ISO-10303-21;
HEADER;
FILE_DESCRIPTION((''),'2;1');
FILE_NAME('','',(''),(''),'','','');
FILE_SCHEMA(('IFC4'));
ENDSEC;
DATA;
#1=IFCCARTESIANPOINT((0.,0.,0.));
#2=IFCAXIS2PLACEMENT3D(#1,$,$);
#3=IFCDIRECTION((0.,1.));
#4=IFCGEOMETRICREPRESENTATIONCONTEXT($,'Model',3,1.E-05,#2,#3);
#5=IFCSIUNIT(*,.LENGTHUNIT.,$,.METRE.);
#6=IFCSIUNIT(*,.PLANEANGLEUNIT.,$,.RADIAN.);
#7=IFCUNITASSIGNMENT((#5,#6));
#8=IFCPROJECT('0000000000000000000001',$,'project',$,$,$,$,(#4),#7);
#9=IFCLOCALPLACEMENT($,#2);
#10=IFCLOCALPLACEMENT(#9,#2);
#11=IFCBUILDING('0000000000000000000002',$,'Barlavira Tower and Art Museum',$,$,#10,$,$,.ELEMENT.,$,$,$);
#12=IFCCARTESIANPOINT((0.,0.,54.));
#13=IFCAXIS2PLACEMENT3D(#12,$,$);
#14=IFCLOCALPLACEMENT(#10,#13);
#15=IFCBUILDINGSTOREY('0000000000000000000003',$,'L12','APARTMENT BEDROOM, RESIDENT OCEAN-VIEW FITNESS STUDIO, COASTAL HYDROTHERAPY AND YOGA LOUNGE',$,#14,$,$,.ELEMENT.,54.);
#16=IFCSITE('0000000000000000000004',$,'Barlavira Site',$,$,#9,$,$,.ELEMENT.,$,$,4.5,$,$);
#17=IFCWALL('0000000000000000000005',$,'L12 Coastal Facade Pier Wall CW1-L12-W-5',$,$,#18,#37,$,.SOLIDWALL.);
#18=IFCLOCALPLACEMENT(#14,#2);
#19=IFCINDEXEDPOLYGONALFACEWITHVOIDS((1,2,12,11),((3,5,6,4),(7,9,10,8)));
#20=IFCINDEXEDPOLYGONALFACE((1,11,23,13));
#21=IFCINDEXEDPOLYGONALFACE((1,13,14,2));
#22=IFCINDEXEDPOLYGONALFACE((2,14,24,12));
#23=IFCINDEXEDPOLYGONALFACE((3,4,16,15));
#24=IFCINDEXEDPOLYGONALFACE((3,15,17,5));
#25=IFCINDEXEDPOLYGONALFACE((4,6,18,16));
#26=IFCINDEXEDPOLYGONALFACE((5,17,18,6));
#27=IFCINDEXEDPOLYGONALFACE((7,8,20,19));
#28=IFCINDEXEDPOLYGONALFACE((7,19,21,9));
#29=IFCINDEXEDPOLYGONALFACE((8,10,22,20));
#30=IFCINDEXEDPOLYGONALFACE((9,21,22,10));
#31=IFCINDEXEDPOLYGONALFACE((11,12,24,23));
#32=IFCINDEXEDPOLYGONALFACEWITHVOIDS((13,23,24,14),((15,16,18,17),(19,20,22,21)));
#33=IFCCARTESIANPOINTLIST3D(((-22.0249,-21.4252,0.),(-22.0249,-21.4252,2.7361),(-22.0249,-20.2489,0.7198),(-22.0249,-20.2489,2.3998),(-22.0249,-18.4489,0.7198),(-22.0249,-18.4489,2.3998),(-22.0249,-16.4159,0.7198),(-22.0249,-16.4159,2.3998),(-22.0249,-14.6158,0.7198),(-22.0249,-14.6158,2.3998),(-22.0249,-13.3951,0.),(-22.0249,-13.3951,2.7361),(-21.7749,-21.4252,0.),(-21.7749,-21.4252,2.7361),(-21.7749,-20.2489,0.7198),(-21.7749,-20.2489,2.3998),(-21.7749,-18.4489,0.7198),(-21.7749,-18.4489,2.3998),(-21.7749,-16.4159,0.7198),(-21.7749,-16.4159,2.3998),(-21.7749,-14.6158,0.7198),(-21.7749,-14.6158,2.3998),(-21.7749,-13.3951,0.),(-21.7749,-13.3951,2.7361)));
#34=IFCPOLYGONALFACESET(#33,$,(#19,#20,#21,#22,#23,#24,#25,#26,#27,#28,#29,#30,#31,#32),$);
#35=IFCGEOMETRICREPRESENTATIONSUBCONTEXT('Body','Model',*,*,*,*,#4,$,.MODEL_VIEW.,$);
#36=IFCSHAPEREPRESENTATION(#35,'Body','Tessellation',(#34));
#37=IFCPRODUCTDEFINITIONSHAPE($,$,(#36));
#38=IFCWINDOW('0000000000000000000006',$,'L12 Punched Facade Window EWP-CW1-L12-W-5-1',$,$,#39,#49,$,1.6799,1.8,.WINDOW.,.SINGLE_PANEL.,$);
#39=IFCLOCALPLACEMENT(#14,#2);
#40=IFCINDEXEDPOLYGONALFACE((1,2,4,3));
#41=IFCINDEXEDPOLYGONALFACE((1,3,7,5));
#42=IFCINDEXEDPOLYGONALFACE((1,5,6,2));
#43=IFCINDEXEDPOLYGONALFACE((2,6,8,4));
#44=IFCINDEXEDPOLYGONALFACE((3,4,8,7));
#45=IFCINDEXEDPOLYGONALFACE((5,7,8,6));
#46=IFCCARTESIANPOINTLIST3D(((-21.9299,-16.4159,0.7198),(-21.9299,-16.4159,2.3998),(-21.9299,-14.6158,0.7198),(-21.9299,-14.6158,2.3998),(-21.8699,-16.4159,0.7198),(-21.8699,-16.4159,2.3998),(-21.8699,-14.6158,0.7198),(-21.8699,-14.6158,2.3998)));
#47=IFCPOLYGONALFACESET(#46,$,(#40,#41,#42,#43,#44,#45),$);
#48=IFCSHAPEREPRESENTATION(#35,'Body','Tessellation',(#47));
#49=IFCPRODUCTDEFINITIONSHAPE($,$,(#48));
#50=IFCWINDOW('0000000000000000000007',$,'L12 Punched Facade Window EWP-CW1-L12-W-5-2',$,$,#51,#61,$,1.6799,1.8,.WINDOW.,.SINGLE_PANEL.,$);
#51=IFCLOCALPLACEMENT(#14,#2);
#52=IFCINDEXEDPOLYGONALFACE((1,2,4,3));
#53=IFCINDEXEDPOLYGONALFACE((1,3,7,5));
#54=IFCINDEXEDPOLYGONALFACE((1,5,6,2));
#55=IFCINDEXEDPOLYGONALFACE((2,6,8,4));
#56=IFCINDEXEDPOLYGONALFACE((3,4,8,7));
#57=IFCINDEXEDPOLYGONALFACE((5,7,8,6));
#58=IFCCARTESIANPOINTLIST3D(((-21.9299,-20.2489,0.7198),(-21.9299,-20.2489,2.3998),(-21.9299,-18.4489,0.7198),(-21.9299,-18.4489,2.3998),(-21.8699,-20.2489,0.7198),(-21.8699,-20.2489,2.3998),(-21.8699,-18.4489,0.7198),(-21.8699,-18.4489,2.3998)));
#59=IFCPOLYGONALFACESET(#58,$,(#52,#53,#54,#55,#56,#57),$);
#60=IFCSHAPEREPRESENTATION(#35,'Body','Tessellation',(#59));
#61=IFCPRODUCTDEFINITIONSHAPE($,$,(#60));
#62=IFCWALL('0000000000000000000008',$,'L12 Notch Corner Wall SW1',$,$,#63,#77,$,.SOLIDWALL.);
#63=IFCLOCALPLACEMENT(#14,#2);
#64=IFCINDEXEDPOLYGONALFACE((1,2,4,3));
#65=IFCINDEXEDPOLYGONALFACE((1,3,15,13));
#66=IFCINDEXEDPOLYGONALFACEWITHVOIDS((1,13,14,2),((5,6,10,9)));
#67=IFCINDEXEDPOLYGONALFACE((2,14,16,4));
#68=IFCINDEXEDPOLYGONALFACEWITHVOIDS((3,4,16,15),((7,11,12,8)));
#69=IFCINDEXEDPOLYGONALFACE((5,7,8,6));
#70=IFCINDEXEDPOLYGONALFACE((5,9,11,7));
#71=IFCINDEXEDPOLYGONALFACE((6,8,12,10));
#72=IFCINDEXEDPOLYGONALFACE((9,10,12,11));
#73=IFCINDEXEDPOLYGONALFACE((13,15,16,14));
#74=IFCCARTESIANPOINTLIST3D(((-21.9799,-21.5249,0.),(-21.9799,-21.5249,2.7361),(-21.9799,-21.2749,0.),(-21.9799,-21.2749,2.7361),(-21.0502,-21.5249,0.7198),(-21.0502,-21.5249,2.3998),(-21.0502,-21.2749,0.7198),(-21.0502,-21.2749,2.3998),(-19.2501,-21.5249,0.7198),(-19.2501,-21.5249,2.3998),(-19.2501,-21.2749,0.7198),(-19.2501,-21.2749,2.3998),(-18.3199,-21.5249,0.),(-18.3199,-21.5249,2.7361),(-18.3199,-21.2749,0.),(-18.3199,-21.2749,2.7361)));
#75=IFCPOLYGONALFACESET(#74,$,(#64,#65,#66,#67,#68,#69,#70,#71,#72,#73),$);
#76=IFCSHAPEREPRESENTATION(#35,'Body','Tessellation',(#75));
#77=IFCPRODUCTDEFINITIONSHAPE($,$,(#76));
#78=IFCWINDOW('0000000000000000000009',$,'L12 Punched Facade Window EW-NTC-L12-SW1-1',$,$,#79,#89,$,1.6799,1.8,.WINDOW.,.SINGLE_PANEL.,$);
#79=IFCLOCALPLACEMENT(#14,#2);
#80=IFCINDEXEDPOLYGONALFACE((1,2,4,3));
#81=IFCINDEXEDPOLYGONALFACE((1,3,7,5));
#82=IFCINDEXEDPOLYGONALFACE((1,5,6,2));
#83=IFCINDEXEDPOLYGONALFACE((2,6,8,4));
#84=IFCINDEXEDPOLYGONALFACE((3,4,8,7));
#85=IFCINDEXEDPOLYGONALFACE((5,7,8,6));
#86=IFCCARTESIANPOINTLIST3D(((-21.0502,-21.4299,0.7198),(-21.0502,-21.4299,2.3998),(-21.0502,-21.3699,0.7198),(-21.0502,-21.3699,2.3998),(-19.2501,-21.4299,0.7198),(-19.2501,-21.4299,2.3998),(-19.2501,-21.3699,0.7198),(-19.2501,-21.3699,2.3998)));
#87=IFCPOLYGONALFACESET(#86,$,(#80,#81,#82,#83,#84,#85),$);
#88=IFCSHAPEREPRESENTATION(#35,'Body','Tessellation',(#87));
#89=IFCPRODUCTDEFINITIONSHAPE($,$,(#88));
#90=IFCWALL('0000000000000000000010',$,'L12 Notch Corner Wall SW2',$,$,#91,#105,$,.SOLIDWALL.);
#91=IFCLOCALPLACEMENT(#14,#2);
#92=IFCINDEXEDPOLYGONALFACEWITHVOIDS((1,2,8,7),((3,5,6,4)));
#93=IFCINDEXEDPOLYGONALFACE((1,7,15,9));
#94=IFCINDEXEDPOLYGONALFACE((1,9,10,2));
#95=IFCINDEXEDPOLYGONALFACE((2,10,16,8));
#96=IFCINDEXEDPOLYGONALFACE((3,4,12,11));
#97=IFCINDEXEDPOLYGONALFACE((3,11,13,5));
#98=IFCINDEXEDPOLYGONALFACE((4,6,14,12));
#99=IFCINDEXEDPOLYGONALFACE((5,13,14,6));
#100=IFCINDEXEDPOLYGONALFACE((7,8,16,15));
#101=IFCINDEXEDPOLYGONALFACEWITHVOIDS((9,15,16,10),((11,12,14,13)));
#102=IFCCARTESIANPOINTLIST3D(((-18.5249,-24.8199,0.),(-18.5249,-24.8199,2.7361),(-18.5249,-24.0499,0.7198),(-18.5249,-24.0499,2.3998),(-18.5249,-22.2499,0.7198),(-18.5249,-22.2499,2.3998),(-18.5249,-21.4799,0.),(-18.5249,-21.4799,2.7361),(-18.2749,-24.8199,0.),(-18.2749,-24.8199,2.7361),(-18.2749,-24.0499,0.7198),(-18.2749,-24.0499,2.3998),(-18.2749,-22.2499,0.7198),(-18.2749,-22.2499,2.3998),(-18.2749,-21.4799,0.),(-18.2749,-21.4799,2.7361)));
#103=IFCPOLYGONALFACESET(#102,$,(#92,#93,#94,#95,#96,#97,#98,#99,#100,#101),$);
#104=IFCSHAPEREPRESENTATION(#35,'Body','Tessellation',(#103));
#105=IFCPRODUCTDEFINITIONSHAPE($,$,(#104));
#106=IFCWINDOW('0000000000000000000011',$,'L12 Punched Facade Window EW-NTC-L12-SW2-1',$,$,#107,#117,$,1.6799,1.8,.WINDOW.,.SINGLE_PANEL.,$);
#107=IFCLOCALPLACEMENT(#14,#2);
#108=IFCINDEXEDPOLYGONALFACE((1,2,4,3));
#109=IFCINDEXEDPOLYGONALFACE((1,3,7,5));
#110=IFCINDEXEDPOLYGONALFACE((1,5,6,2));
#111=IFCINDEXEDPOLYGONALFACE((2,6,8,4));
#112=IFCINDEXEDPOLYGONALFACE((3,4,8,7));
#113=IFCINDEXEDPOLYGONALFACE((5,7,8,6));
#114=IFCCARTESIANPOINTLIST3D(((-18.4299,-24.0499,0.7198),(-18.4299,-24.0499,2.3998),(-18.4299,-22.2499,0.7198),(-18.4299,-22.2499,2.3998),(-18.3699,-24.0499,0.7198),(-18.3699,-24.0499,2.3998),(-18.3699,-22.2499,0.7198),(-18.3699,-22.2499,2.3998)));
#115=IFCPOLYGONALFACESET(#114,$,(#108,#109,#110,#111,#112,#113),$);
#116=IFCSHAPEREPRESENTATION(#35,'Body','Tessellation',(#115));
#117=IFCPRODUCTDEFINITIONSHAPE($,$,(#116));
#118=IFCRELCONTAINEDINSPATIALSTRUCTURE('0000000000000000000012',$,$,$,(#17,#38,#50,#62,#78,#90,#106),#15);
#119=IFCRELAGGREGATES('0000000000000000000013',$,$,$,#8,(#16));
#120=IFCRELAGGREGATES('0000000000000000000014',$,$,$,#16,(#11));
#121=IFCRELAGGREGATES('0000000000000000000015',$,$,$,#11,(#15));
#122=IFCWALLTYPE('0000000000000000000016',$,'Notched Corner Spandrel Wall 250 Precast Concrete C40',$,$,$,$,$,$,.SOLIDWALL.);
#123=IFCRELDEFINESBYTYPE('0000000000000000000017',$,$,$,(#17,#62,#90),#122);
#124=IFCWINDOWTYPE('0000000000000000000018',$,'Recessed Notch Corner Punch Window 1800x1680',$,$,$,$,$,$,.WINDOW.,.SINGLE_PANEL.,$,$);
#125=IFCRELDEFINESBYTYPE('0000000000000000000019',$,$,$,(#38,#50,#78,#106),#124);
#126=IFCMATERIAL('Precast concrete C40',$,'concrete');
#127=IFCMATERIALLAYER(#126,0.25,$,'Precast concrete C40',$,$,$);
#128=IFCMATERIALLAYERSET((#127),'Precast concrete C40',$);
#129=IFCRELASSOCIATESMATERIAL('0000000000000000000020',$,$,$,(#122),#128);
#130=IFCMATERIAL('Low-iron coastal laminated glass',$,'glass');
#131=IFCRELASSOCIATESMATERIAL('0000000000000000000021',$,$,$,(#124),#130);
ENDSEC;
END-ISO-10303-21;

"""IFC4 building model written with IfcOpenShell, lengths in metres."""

from ifc_helpers import new_model, si_unit, direction, frame, frame_2d, origin, place, context, subcontext, project, spatial, rectangle, extrude, material, layer, layer_set, type_object, element, fill, save


model = new_model("IFC4")

# Units and contexts
model_context = context("Model", 3, precision=1e-05, world=origin(), true_north=direction((0.0, 1.0)))
body_context = subcontext(model_context, "Body", "Model", "MODEL_VIEW")
ifc_project = project(units=[si_unit("LENGTHUNIT", "METRE"), si_unit("PLANEANGLEUNIT", "RADIAN")], contexts=[model_context])

# Site, building, storey
site_placement = place(None, origin())
site = spatial("IfcSite", under=ifc_project, at=site_placement, Name="Barlavira Site", CompositionType="ELEMENT", RefElevation=4.5)
building_placement = place(site_placement, origin())
building = spatial("IfcBuilding", under=site, at=building_placement, Name="Barlavira Tower and Art Museum", CompositionType="ELEMENT")
storey_placement = place(building_placement, frame((0.0, 0.0, 54.0)))
storey = spatial("IfcBuildingStorey", under=building, at=storey_placement, Name="L12", Description="APARTMENT BEDROOM, RESIDENT OCEAN-VIEW FITNESS STUDIO, COASTAL HYDROTHERAPY AND YOGA LOUNGE", CompositionType="ELEMENT", Elevation=54.0)

# Wall, openings, windows
ifc_material_1 = material(Name="Precast concrete C40", Category="concrete")
ifc_layer_1 = layer(ifc_material_1, 0.25, Name="Precast concrete C40")
ifc_layer_set_1 = layer_set([ifc_layer_1], Name="Precast concrete C40")
wall_type_1 = type_object("IfcWallType", Name="Notched Corner Spandrel Wall 250 Precast Concrete C40", PredefinedType="SOLIDWALL", material=ifc_layer_set_1)
ifc_material_2 = material(Name="Low-iron coastal laminated glass", Category="glass")
window_type_1 = type_object("IfcWindowType", Name="Recessed Notch Corner Punch Window 1800x1680", PartitioningType="SINGLE_PANEL", PredefinedType="WINDOW", material=ifc_material_2)
wall_1_placement = place(storey_placement, frame((-21.8999, -13.395, 0.0), z_axis=(0.0, 0.0, 1.0), x_axis=(0.0, -1.0, 0.0)))
wall_1 = element("IfcWall", 1, at=wall_1_placement, inside=storey, type_object=wall_type_1, Name="L12 Coastal Facade Pier Wall CW1-L12-W-5", PredefinedType="SOLIDWALL", context=body_context, shape_type="SweptSolid", body=[
    extrude(rectangle(XDim=8.03, YDim=0.25, at=frame_2d((4.0151, 0.0))), origin(), (0.0, 0.0, 1.0), 2.7361),
])
opening_1_placement = place(wall_1_placement, frame((1.2209, 0.0, 0.72)))
opening_1 = element("IfcOpeningElement", 2, at=opening_1_placement, cuts=wall_1, PredefinedType="OPENING", context=body_context, shape_type="SweptSolid", body=[
    extrude(rectangle(XDim=1.8, YDim=1.6799, at=frame_2d((0.8999, 0.8398))), frame((0.0, 0.135, 0.0), z_axis=(0.0, -1.0, 0.0), x_axis=(1.0, 0.0, 0.0)), (0.0, 0.0, 1.0), 0.27),
])
opening_2_placement = place(wall_1_placement, frame((5.054, 0.0, 0.72)))
opening_2 = element("IfcOpeningElement", 3, at=opening_2_placement, cuts=wall_1, PredefinedType="OPENING", context=body_context, shape_type="SweptSolid", body=[
    extrude(rectangle(XDim=1.8, YDim=1.6799, at=frame_2d((0.8999, 0.8398))), frame((0.0, 0.135, 0.0), z_axis=(0.0, -1.0, 0.0), x_axis=(1.0, 0.0, 0.0)), (0.0, 0.0, 1.0), 0.27),
])
window_1_placement = place(opening_1_placement, origin())
window_1 = element("IfcWindow", 4, at=window_1_placement, inside=storey, type_object=window_type_1, Name="L12 Punched Facade Window EWP-CW1-L12-W-5-1", OverallHeight=1.6799, OverallWidth=1.8, PartitioningType="SINGLE_PANEL", PredefinedType="WINDOW", context=body_context, shape_type="SweptSolid", body=[
    extrude(rectangle(XDim=1.8, YDim=1.6799, at=frame_2d((0.8999, 0.8398))), frame((0.0, 0.03, 0.0), z_axis=(0.0, -1.0, 0.0), x_axis=(1.0, 0.0, 0.0)), (0.0, 0.0, 1.0), 0.0601),
])
fill(opening_1, window_1)
window_2_placement = place(opening_2_placement, origin())
window_2 = element("IfcWindow", 5, at=window_2_placement, inside=storey, type_object=window_type_1, Name="L12 Punched Facade Window EWP-CW1-L12-W-5-2", OverallHeight=1.6799, OverallWidth=1.8, PartitioningType="SINGLE_PANEL", PredefinedType="WINDOW", context=body_context, shape_type="SweptSolid", body=[
    extrude(rectangle(XDim=1.8, YDim=1.6799, at=frame_2d((0.8999, 0.8398))), frame((0.0, 0.03, 0.0), z_axis=(0.0, -1.0, 0.0), x_axis=(1.0, 0.0, 0.0)), (0.0, 0.0, 1.0), 0.0601),
])
fill(opening_2, window_2)

# Walls, openings, windows
wall_2_placement = place(storey_placement, frame((-21.98, -21.3999, 0.0), z_axis=(0.0, 0.0, 1.0), x_axis=(1.0, 0.0, 0.0)))
wall_2 = element("IfcWall", 6, at=wall_2_placement, inside=storey, type_object=wall_type_1, Name="L12 Notch Corner Wall SW1", PredefinedType="SOLIDWALL", context=body_context, shape_type="SweptSolid", body=[
    extrude(rectangle(XDim=3.6599, YDim=0.25, at=frame_2d((1.8301, 0.0))), origin(), (0.0, 0.0, 1.0), 2.7361),
])
opening_3_placement = place(wall_2_placement, frame((0.9299, 0.0, 0.72)))
opening_3 = element("IfcOpeningElement", 7, at=opening_3_placement, cuts=wall_2, PredefinedType="OPENING", context=body_context, shape_type="SweptSolid", body=[
    extrude(rectangle(XDim=1.8, YDim=1.6799, at=frame_2d((0.8999, 0.8398))), frame((0.0, 0.135, 0.0), z_axis=(0.0, -1.0, 0.0), x_axis=(1.0, 0.0, 0.0)), (0.0, 0.0, 1.0), 0.27),
])
window_3_placement = place(opening_3_placement, origin())
window_3 = element("IfcWindow", 8, at=window_3_placement, inside=storey, type_object=window_type_1, Name="L12 Punched Facade Window EW-NTC-L12-SW1-1", OverallHeight=1.6799, OverallWidth=1.8, PartitioningType="SINGLE_PANEL", PredefinedType="WINDOW", context=body_context, shape_type="SweptSolid", body=[
    extrude(rectangle(XDim=1.8, YDim=1.6799, at=frame_2d((0.8999, 0.8398))), frame((0.0, 0.03, 0.0), z_axis=(0.0, -1.0, 0.0), x_axis=(1.0, 0.0, 0.0)), (0.0, 0.0, 1.0), 0.0601),
])
fill(opening_3, window_3)
wall_3_placement = place(storey_placement, frame((-18.3999, -21.48, 0.0), z_axis=(0.0, 0.0, 1.0), x_axis=(0.0, -1.0, 0.0)))
wall_3 = element("IfcWall", 9, at=wall_3_placement, inside=storey, type_object=wall_type_1, Name="L12 Notch Corner Wall SW2", PredefinedType="SOLIDWALL", context=body_context, shape_type="SweptSolid", body=[
    extrude(rectangle(XDim=3.3401, YDim=0.25, at=frame_2d((1.6699, 0.0))), origin(), (0.0, 0.0, 1.0), 2.7361),
])
opening_4_placement = place(wall_3_placement, frame((0.77, 0.0, 0.72)))
opening_4 = element("IfcOpeningElement", 10, at=opening_4_placement, cuts=wall_3, PredefinedType="OPENING", context=body_context, shape_type="SweptSolid", body=[
    extrude(rectangle(XDim=1.8, YDim=1.6799, at=frame_2d((0.8999, 0.8398))), frame((0.0, 0.135, 0.0), z_axis=(0.0, -1.0, 0.0), x_axis=(1.0, 0.0, 0.0)), (0.0, 0.0, 1.0), 0.27),
])
window_4_placement = place(opening_4_placement, origin())
window_4 = element("IfcWindow", 11, at=window_4_placement, inside=storey, type_object=window_type_1, Name="L12 Punched Facade Window EW-NTC-L12-SW2-1", OverallHeight=1.6799, OverallWidth=1.8, PartitioningType="SINGLE_PANEL", PredefinedType="WINDOW", context=body_context, shape_type="SweptSolid", body=[
    extrude(rectangle(XDim=1.8, YDim=1.6799, at=frame_2d((0.8999, 0.8398))), frame((0.0, 0.03, 0.0), z_axis=(0.0, -1.0, 0.0), x_axis=(1.0, 0.0, 0.0)), (0.0, 0.0, 1.0), 0.0601),
])
fill(opening_4, window_4)

save(model, "model.ifc")
